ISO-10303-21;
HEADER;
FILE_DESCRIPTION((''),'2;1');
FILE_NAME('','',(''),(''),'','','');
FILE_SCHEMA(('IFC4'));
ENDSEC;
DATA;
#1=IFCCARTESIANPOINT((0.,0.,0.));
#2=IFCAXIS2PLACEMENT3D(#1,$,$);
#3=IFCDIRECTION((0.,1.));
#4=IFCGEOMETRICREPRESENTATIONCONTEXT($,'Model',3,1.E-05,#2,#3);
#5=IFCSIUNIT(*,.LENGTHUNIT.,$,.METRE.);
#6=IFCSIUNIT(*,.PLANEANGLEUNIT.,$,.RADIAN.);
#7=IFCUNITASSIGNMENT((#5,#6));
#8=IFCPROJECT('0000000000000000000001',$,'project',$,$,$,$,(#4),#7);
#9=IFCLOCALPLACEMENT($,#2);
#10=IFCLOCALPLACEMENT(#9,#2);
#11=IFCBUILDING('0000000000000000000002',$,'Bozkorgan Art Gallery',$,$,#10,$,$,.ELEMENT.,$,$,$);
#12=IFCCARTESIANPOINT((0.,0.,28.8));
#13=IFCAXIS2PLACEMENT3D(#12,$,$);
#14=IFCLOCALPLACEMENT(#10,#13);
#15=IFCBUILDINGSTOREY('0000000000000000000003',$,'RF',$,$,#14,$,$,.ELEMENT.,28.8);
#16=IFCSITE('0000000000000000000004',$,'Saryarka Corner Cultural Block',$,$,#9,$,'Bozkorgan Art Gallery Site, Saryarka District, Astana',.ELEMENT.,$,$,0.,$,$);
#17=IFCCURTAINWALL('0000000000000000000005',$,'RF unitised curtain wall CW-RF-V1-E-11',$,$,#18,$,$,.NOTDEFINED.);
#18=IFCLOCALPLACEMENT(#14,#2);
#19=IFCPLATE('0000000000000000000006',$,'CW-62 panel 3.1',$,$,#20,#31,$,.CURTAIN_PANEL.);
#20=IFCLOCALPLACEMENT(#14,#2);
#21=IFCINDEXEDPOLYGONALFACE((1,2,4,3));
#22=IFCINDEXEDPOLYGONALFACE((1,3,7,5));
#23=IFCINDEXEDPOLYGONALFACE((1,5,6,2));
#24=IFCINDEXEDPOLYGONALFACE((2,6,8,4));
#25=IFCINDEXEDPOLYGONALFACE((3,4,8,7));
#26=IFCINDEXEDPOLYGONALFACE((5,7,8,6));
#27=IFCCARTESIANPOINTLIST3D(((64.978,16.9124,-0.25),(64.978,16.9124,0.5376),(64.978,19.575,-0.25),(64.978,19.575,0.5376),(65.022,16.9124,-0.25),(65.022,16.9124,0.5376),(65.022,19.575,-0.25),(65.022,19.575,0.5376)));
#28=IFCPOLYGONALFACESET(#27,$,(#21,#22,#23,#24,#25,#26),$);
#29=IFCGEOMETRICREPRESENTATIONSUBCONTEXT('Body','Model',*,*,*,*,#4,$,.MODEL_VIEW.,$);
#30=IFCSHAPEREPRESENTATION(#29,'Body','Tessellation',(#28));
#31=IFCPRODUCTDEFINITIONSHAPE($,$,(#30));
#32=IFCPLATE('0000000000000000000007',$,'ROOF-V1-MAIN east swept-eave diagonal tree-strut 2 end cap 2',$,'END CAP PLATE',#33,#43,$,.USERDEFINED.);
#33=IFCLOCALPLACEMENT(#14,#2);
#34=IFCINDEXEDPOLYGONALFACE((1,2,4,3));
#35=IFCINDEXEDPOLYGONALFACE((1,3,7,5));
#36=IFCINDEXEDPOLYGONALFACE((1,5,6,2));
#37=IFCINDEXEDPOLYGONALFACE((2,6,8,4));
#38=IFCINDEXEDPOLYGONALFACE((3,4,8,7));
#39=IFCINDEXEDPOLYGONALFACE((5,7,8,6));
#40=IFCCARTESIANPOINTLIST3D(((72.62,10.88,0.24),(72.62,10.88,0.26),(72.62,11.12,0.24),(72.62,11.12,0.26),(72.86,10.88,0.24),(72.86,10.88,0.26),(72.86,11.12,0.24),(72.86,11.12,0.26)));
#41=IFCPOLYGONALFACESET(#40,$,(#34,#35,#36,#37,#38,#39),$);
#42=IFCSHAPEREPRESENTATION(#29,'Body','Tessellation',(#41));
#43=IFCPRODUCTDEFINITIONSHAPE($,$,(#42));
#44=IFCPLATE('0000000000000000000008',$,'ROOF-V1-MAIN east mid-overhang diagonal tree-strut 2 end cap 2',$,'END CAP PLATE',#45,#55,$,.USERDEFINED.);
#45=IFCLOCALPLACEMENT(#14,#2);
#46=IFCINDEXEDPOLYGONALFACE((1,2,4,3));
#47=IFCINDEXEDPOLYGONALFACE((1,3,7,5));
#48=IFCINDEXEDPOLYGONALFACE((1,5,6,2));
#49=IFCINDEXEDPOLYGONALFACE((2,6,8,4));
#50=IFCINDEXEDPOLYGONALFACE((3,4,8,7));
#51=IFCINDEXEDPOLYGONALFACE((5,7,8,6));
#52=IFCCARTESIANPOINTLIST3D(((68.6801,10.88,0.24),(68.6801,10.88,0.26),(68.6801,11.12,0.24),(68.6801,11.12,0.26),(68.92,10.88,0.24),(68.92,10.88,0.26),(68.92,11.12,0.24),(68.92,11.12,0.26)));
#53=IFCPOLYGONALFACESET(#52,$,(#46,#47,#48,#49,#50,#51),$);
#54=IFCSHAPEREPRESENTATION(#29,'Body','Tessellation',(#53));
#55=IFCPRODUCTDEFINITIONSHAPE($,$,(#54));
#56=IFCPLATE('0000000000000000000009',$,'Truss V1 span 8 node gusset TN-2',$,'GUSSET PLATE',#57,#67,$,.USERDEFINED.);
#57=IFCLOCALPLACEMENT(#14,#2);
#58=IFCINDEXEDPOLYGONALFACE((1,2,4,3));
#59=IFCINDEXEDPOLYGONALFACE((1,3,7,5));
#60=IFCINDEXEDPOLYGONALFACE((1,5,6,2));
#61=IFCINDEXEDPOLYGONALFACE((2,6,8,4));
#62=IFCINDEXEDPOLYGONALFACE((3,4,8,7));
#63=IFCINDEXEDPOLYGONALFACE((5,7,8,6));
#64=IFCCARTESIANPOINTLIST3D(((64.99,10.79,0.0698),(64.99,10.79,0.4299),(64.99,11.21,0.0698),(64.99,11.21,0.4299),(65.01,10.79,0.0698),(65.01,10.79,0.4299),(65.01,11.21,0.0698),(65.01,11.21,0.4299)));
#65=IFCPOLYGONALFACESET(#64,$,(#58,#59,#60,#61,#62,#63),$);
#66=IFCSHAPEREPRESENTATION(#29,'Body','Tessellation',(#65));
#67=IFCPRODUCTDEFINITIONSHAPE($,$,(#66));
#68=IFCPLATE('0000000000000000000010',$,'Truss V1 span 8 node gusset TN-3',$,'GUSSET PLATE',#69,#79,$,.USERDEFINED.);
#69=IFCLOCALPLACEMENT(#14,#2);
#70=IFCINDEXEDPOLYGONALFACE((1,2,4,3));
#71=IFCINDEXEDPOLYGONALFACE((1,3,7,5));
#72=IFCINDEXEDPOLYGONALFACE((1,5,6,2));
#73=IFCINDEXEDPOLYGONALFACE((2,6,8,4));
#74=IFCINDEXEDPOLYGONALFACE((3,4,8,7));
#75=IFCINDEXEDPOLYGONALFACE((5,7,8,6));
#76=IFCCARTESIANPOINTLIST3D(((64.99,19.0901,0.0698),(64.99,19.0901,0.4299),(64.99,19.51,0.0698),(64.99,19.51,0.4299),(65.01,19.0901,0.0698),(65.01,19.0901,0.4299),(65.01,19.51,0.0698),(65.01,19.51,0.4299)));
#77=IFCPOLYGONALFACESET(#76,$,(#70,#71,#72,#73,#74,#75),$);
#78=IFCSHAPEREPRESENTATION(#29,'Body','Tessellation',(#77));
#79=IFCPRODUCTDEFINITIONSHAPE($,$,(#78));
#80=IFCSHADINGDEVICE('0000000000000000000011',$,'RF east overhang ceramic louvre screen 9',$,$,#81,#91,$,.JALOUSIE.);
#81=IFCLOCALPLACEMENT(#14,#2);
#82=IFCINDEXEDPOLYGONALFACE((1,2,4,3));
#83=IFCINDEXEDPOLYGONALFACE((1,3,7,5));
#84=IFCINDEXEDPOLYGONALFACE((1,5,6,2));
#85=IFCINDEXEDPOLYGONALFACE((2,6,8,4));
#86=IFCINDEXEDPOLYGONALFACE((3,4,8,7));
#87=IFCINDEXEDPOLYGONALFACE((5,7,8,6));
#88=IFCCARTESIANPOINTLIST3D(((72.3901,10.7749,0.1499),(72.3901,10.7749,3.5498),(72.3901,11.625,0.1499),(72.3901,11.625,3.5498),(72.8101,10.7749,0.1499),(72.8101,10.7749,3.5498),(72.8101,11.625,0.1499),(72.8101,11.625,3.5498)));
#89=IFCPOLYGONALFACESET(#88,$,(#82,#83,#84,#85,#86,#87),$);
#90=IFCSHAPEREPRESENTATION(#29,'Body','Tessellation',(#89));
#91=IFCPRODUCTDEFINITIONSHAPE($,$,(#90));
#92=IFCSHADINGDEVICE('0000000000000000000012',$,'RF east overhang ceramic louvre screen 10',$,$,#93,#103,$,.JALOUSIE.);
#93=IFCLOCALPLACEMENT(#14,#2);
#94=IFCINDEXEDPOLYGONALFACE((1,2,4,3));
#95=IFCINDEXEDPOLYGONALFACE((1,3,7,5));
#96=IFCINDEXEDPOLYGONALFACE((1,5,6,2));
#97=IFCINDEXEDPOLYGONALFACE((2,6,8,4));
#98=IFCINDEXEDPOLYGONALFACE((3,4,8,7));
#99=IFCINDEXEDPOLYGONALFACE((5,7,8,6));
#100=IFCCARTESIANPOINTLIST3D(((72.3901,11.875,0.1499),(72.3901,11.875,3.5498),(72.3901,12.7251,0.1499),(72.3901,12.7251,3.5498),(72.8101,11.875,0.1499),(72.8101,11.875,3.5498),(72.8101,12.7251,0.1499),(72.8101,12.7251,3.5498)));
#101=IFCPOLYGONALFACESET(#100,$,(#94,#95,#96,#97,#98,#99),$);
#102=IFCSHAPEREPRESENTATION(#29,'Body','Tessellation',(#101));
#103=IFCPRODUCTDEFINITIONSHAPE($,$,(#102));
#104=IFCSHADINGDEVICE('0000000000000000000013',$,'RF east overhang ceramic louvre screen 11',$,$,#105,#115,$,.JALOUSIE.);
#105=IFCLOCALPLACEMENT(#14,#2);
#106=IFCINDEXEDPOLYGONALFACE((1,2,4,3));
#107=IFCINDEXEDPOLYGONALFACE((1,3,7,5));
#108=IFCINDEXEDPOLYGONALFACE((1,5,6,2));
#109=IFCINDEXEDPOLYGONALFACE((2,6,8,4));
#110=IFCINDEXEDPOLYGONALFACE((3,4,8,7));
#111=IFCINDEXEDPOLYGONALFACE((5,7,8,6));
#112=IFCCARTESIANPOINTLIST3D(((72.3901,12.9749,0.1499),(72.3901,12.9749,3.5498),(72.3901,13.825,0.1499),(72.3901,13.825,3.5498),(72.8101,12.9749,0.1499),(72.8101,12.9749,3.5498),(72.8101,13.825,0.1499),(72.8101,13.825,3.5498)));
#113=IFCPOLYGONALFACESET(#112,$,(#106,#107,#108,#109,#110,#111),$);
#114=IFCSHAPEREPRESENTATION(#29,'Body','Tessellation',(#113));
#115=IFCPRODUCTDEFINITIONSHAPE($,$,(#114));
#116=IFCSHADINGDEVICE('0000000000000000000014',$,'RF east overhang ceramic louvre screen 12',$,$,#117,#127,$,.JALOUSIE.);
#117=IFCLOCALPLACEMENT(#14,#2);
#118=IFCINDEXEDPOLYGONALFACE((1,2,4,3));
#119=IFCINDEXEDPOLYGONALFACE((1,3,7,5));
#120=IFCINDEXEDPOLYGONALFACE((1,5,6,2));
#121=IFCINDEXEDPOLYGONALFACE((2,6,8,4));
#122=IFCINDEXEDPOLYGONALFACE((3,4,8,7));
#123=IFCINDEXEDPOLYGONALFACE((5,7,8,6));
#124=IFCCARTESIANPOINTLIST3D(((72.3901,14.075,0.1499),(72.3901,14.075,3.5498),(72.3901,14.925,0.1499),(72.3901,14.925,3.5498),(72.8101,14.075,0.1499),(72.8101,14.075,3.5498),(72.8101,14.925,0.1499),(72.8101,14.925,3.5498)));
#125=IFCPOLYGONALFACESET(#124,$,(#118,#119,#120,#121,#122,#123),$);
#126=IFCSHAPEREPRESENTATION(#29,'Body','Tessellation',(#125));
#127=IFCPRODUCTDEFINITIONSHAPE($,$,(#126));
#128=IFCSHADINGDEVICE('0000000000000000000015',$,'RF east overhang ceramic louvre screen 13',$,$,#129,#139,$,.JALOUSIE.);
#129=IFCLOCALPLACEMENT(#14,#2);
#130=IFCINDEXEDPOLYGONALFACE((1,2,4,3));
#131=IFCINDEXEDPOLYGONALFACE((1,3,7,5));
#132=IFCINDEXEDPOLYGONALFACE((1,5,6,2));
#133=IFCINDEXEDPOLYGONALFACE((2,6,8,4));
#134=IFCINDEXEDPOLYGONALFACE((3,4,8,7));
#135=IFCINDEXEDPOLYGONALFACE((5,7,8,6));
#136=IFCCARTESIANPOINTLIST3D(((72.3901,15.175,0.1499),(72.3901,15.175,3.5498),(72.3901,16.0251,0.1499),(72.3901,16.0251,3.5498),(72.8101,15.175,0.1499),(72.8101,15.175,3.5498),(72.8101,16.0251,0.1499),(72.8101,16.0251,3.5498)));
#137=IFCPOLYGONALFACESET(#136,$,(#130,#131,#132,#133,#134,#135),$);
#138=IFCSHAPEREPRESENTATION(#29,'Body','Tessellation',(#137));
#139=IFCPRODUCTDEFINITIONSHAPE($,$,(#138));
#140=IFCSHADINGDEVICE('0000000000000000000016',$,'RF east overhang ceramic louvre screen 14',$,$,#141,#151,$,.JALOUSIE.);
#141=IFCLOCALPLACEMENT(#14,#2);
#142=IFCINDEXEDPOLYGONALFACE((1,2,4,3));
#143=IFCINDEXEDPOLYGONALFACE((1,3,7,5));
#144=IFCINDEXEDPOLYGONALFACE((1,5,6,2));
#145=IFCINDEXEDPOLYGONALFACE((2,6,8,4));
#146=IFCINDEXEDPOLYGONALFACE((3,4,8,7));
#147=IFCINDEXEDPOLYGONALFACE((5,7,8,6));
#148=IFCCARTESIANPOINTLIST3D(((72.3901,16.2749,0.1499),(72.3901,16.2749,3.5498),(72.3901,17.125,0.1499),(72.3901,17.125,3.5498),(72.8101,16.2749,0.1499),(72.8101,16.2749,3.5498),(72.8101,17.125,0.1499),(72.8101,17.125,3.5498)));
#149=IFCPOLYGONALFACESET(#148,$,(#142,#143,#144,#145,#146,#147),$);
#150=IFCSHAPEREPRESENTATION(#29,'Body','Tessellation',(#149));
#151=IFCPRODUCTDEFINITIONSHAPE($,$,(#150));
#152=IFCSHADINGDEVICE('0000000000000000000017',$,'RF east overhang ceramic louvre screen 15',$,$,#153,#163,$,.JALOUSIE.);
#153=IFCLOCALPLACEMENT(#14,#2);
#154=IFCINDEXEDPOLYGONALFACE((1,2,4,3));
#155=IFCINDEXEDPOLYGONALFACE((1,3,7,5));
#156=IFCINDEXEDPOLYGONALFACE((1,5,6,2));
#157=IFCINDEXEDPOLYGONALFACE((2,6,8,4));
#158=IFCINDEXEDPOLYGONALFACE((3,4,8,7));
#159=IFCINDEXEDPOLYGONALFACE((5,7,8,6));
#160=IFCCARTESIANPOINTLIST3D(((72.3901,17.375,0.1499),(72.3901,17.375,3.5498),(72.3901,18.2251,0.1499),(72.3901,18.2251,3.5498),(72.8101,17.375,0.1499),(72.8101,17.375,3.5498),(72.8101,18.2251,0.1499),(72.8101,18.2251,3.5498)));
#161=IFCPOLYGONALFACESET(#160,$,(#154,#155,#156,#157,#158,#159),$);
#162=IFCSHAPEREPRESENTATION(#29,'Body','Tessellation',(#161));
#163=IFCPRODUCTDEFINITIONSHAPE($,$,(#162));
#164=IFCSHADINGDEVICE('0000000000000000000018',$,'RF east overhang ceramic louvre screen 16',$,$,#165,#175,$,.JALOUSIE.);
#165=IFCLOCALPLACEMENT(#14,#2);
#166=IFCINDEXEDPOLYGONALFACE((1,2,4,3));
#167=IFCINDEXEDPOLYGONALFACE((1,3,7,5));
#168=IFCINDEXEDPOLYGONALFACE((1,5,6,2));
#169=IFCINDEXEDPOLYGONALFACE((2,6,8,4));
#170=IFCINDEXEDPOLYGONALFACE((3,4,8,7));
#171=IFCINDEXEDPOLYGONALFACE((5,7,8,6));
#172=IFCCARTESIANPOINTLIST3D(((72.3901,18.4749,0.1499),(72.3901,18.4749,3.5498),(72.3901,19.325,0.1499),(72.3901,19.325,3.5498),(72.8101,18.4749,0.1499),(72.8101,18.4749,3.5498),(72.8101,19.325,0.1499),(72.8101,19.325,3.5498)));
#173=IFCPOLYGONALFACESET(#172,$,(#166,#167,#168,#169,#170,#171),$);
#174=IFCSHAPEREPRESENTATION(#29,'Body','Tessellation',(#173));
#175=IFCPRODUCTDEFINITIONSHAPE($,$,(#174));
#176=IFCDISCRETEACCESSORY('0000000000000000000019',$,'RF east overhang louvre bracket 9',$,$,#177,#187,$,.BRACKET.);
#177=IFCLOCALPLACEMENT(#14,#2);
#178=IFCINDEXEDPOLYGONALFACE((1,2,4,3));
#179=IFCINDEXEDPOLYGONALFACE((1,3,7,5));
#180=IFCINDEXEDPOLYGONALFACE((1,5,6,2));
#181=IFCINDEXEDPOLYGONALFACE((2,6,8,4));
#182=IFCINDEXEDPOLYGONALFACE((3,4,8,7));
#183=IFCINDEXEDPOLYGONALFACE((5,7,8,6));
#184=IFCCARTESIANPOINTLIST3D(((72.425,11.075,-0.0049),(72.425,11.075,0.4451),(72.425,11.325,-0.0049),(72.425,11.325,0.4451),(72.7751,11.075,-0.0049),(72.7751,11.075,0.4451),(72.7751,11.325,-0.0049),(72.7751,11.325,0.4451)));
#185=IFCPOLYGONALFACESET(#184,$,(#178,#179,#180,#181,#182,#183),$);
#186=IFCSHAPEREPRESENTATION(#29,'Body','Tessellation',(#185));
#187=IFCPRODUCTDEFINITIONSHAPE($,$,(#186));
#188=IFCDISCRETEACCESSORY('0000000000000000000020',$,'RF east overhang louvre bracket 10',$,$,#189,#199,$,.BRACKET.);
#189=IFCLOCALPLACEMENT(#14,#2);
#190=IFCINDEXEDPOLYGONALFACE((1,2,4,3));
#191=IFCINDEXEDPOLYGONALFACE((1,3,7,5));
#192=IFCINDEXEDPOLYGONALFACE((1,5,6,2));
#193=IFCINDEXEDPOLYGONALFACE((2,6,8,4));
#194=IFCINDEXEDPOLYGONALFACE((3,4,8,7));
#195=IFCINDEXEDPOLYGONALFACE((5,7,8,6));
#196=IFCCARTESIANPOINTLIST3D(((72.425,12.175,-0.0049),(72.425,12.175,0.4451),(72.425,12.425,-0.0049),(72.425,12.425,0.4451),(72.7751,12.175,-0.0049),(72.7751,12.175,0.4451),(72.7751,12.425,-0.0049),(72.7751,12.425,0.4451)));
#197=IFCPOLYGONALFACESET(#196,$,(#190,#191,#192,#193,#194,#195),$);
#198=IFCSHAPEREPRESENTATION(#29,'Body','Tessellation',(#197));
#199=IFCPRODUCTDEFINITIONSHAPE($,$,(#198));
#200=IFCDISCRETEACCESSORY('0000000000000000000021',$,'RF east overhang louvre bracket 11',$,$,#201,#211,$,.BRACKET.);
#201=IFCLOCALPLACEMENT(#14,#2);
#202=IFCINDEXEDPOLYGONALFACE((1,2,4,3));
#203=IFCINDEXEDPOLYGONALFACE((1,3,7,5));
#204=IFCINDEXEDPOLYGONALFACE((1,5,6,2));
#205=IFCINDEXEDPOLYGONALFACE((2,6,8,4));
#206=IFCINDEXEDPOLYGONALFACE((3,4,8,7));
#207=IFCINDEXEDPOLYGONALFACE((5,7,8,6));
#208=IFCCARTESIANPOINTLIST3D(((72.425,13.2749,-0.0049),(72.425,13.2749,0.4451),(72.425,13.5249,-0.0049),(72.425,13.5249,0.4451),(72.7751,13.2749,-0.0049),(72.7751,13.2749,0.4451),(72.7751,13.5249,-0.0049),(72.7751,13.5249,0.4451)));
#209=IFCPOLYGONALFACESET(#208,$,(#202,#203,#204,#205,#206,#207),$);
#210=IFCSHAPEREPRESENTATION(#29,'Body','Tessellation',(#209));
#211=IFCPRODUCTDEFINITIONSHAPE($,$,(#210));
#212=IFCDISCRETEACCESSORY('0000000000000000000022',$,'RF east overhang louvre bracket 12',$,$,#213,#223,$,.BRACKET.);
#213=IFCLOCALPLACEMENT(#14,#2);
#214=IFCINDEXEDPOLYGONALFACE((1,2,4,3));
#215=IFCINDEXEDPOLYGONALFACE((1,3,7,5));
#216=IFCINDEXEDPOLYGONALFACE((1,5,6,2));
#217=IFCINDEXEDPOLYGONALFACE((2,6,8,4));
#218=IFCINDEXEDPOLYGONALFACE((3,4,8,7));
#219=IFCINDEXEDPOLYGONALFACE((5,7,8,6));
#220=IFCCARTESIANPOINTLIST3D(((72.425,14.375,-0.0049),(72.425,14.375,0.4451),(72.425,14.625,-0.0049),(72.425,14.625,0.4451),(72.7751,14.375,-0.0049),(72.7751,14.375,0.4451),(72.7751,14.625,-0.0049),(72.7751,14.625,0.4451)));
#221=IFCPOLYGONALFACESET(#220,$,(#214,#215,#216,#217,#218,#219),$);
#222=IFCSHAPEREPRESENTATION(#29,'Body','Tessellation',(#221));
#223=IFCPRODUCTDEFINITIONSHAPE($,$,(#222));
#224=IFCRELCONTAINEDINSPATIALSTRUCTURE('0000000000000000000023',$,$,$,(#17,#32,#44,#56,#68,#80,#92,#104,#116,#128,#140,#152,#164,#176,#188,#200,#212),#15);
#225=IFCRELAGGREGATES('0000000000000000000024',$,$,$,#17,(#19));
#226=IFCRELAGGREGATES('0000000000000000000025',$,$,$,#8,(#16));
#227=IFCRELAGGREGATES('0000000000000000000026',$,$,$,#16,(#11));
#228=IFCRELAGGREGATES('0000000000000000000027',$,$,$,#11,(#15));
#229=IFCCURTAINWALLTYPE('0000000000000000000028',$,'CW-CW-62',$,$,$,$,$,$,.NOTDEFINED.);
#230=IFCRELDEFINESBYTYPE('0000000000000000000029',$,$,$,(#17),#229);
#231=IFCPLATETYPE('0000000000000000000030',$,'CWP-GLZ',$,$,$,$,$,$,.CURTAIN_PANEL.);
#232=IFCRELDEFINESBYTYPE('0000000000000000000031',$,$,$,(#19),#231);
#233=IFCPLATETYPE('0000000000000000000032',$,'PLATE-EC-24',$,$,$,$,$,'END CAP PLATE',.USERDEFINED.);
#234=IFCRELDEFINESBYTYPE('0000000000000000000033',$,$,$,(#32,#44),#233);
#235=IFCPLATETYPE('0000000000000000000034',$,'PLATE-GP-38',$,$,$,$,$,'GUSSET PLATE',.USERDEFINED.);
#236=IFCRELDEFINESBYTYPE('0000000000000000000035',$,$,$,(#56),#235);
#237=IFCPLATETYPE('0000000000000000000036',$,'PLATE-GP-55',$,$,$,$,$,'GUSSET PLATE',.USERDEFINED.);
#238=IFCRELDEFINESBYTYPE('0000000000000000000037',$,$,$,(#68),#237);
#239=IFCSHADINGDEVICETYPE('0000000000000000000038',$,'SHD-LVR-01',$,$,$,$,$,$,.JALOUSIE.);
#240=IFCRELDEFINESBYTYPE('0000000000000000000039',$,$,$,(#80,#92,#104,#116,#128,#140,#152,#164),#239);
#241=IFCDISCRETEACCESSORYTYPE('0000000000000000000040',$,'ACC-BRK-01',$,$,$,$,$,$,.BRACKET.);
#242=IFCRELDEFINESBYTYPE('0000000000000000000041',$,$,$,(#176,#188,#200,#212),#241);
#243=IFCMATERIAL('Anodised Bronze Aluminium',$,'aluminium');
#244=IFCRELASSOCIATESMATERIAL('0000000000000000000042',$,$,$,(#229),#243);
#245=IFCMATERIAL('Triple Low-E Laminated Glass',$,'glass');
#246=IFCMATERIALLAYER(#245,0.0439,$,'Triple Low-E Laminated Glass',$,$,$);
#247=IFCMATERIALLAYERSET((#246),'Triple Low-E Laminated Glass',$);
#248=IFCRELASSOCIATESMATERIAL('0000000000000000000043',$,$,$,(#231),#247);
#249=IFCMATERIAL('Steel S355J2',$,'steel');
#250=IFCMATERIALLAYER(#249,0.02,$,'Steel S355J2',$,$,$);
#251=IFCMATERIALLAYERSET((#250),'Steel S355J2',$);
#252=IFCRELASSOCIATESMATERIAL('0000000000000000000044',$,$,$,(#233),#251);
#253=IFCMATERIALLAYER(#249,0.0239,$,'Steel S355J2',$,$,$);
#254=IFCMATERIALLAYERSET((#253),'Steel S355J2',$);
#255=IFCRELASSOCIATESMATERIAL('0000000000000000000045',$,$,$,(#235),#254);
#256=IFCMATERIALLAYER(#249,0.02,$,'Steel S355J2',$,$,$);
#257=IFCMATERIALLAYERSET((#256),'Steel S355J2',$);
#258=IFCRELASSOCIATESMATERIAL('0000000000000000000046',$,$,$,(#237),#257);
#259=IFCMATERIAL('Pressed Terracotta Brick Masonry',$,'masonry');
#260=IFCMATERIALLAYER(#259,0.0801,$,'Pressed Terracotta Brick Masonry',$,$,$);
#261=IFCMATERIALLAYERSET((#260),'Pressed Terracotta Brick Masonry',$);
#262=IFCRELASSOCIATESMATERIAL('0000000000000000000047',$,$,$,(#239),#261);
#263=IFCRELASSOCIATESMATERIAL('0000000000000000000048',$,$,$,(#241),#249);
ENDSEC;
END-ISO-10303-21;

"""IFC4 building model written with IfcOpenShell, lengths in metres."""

from ifc_helpers import new_model, si_unit, direction, frame, origin, origin_2d, place, context, subcontext, project, spatial, rectangle, extrude, material, layer, layer_set, type_object, element, aggregate, save


model = new_model("IFC4")

# Units and contexts
model_context = context("Model", 3, precision=1e-05, world=origin(), true_north=direction((0.0, 1.0)))
body_context = subcontext(model_context, "Body", "Model", "MODEL_VIEW")
ifc_project = project(units=[si_unit("LENGTHUNIT", "METRE"), si_unit("PLANEANGLEUNIT", "RADIAN")], contexts=[model_context])

# Site, building, storey
site_placement = place(None, origin())
site = spatial("IfcSite", under=ifc_project, at=site_placement, Name="Saryarka Corner Cultural Block", LongName="Bozkorgan Art Gallery Site, Saryarka District, Astana", CompositionType="ELEMENT", RefElevation=0.0)
building_placement = place(site_placement, origin())
building = spatial("IfcBuilding", under=site, at=building_placement, Name="Bozkorgan Art Gallery", CompositionType="ELEMENT")
storey_placement = place(building_placement, frame((0.0, 0.0, 28.8)))
storey = spatial("IfcBuildingStorey", under=building, at=storey_placement, Name="RF", CompositionType="ELEMENT", Elevation=28.8)

# Curtain wall
ifc_material_1 = material(Name="Anodised Bronze Aluminium", Category="aluminium")
curtain_wall_type = type_object("IfcCurtainWallType", Name="CW-CW-62", PredefinedType="NOTDEFINED", material=ifc_material_1)
curtain_wall_placement = place(storey_placement, origin())
curtain_wall = element("IfcCurtainWall", 1, at=curtain_wall_placement, inside=storey, type_object=curtain_wall_type, Name="RF unitised curtain wall CW-RF-V1-E-11", PredefinedType="NOTDEFINED")

# Shared definitions
ifc_material_2 = material(Name="Steel S355J2", Category="steel")

# Plate
ifc_material_3 = material(Name="Triple Low-E Laminated Glass", Category="glass")
ifc_layer_1 = layer(ifc_material_3, 0.0439, Name="Triple Low-E Laminated Glass")
ifc_layer_set_1 = layer_set([ifc_layer_1], Name="Triple Low-E Laminated Glass")
plate_type_1 = type_object("IfcPlateType", Name="CWP-GLZ", PredefinedType="CURTAIN_PANEL", material=ifc_layer_set_1)
plate_1_placement = place(storey_placement, frame((65.0, 18.2437, -0.25), z_axis=(0.0, 0.0, 1.0), x_axis=(0.0, 1.0, 0.0)))
plate_1 = element("IfcPlate", 2, at=plate_1_placement, type_object=plate_type_1, Name="CW-62 panel 3.1", PredefinedType="CURTAIN_PANEL", context=body_context, shape_type="SweptSolid", body=[
    extrude(rectangle(XDim=2.6626, YDim=0.0439, at=origin_2d()), origin(), (0.0, 0.0, 1.0), 0.7876),
])
aggregate(curtain_wall, [plate_1])

# Plates
ifc_layer_2 = layer(ifc_material_2, 0.02, Name="Steel S355J2")
ifc_layer_set_2 = layer_set([ifc_layer_2], Name="Steel S355J2")
plate_type_2 = type_object("IfcPlateType", Name="PLATE-EC-24", ElementType="END CAP PLATE", PredefinedType="USERDEFINED", material=ifc_layer_set_2)
for number, where, z_axis, x_axis, name in (
    (3, (72.74, 11.0, 0.24), (0.0, 0.0, 1.0), (1.0, 0.0, 0.0), "ROOF-V1-MAIN east swept-eave diagonal tree-strut 2 end cap 2"),
    (4, (68.8, 11.0, 0.24), (0.0, 0.0, 1.0), (1.0, 0.0, 0.0), "ROOF-V1-MAIN east mid-overhang diagonal tree-strut 2 end cap 2"),
):
    element("IfcPlate", number, at=place(storey_placement, frame(where, z_axis=z_axis, x_axis=x_axis)), inside=storey, type_object=plate_type_2, Name=name, ObjectType="END CAP PLATE", PredefinedType="USERDEFINED", context=body_context, shape_type="SweptSolid", body=[
        extrude(rectangle(XDim=0.24, YDim=0.24, at=origin_2d()), origin(), (0.0, 0.0, 1.0), 0.02),
    ])
ifc_layer_3 = layer(ifc_material_2, 0.0239, Name="Steel S355J2")
ifc_layer_set_3 = layer_set([ifc_layer_3], Name="Steel S355J2")
plate_type_3 = type_object("IfcPlateType", Name="PLATE-GP-38", ElementType="GUSSET PLATE", PredefinedType="USERDEFINED", material=ifc_layer_set_3)
plate_2_placement = place(storey_placement, frame((65.0, 11.0, 0.0698), z_axis=(0.0, 0.0, 1.0), x_axis=(1.0, 0.0, 0.0)))
element("IfcPlate", 5, at=plate_2_placement, inside=storey, type_object=plate_type_3, Name="Truss V1 span 8 node gusset TN-2", ObjectType="GUSSET PLATE", PredefinedType="USERDEFINED", context=body_context, shape_type="SweptSolid", body=[
    extrude(rectangle(XDim=0.02, YDim=0.4199, at=origin_2d()), origin(), (0.0, 0.0, 1.0), 0.3601),
])
ifc_layer_4 = layer(ifc_material_2, 0.02, Name="Steel S355J2")
ifc_layer_set_4 = layer_set([ifc_layer_4], Name="Steel S355J2")
plate_type_4 = type_object("IfcPlateType", Name="PLATE-GP-55", ElementType="GUSSET PLATE", PredefinedType="USERDEFINED", material=ifc_layer_set_4)
plate_3_placement = place(storey_placement, frame((65.0, 19.3, 0.0698), z_axis=(0.0, 0.0, 1.0), x_axis=(1.0, 0.0, 0.0)))
element("IfcPlate", 6, at=plate_3_placement, inside=storey, type_object=plate_type_4, Name="Truss V1 span 8 node gusset TN-3", ObjectType="GUSSET PLATE", PredefinedType="USERDEFINED", context=body_context, shape_type="SweptSolid", body=[
    extrude(rectangle(XDim=0.02, YDim=0.4199, at=origin_2d()), origin(), (0.0, 0.0, 1.0), 0.3601),
])

# Shading devices
ifc_material_4 = material(Name="Pressed Terracotta Brick Masonry", Category="masonry")
ifc_layer_5 = layer(ifc_material_4, 0.0801, Name="Pressed Terracotta Brick Masonry")
ifc_layer_set_5 = layer_set([ifc_layer_5], Name="Pressed Terracotta Brick Masonry")
shading_device_type = type_object("IfcShadingDeviceType", Name="SHD-LVR-01", PredefinedType="JALOUSIE", material=ifc_layer_set_5)
for number, where, z_axis, x_axis, name in (
    (7, (72.6001, 11.2, 0.1499), (0.0, 0.0, 1.0), (1.0, 0.0, 0.0), "RF east overhang ceramic louvre screen 9"),
    (8, (72.6001, 12.3, 0.1499), (0.0, 0.0, 1.0), (1.0, 0.0, 0.0), "RF east overhang ceramic louvre screen 10"),
    (9, (72.6001, 13.3999, 0.1499), (0.0, 0.0, 1.0), (1.0, 0.0, 0.0), "RF east overhang ceramic louvre screen 11"),
    (10, (72.6001, 14.5, 0.1499), (0.0, 0.0, 1.0), (1.0, 0.0, 0.0), "RF east overhang ceramic louvre screen 12"),
    (11, (72.6001, 15.6001, 0.1499), (0.0, 0.0, 1.0), (1.0, 0.0, 0.0), "RF east overhang ceramic louvre screen 13"),
    (12, (72.6001, 16.7, 0.1499), (0.0, 0.0, 1.0), (1.0, 0.0, 0.0), "RF east overhang ceramic louvre screen 14"),
    (13, (72.6001, 17.8, 0.1499), (0.0, 0.0, 1.0), (1.0, 0.0, 0.0), "RF east overhang ceramic louvre screen 15"),
    (14, (72.6001, 18.8999, 0.1499), (0.0, 0.0, 1.0), (1.0, 0.0, 0.0), "RF east overhang ceramic louvre screen 16"),
):
    element("IfcShadingDevice", number, at=place(storey_placement, frame(where, z_axis=z_axis, x_axis=x_axis)), inside=storey, type_object=shading_device_type, Name=name, PredefinedType="JALOUSIE", context=body_context, shape_type="SweptSolid", body=[
        extrude(rectangle(XDim=0.4199, YDim=0.8501, at=origin_2d()), origin(), (0.0, 0.0, 1.0), 3.3999),
    ])

# Discrete accessories
discrete_accessory_type = type_object("IfcDiscreteAccessoryType", Name="ACC-BRK-01", PredefinedType="BRACKET", material=ifc_material_2)
for number, where, z_axis, x_axis, name in (
    (15, (72.6001, 11.2, -0.0049), (0.0, 0.0, 1.0), (1.0, 0.0, 0.0), "RF east overhang louvre bracket 9"),
    (16, (72.6001, 12.3, -0.0049), (0.0, 0.0, 1.0), (1.0, 0.0, 0.0), "RF east overhang louvre bracket 10"),
    (17, (72.6001, 13.3999, -0.0049), (0.0, 0.0, 1.0), (1.0, 0.0, 0.0), "RF east overhang louvre bracket 11"),
    (18, (72.6001, 14.5, -0.0049), (0.0, 0.0, 1.0), (1.0, 0.0, 0.0), "RF east overhang louvre bracket 12"),
):
    element("IfcDiscreteAccessory", number, at=place(storey_placement, frame(where, z_axis=z_axis, x_axis=x_axis)), inside=storey, type_object=discrete_accessory_type, Name=name, PredefinedType="BRACKET", context=body_context, shape_type="SweptSolid", body=[
        extrude(rectangle(XDim=0.3501, YDim=0.25, at=origin_2d()), origin(), (0.0, 0.0, 1.0), 0.45),
    ])

save(model, "model.ifc")
